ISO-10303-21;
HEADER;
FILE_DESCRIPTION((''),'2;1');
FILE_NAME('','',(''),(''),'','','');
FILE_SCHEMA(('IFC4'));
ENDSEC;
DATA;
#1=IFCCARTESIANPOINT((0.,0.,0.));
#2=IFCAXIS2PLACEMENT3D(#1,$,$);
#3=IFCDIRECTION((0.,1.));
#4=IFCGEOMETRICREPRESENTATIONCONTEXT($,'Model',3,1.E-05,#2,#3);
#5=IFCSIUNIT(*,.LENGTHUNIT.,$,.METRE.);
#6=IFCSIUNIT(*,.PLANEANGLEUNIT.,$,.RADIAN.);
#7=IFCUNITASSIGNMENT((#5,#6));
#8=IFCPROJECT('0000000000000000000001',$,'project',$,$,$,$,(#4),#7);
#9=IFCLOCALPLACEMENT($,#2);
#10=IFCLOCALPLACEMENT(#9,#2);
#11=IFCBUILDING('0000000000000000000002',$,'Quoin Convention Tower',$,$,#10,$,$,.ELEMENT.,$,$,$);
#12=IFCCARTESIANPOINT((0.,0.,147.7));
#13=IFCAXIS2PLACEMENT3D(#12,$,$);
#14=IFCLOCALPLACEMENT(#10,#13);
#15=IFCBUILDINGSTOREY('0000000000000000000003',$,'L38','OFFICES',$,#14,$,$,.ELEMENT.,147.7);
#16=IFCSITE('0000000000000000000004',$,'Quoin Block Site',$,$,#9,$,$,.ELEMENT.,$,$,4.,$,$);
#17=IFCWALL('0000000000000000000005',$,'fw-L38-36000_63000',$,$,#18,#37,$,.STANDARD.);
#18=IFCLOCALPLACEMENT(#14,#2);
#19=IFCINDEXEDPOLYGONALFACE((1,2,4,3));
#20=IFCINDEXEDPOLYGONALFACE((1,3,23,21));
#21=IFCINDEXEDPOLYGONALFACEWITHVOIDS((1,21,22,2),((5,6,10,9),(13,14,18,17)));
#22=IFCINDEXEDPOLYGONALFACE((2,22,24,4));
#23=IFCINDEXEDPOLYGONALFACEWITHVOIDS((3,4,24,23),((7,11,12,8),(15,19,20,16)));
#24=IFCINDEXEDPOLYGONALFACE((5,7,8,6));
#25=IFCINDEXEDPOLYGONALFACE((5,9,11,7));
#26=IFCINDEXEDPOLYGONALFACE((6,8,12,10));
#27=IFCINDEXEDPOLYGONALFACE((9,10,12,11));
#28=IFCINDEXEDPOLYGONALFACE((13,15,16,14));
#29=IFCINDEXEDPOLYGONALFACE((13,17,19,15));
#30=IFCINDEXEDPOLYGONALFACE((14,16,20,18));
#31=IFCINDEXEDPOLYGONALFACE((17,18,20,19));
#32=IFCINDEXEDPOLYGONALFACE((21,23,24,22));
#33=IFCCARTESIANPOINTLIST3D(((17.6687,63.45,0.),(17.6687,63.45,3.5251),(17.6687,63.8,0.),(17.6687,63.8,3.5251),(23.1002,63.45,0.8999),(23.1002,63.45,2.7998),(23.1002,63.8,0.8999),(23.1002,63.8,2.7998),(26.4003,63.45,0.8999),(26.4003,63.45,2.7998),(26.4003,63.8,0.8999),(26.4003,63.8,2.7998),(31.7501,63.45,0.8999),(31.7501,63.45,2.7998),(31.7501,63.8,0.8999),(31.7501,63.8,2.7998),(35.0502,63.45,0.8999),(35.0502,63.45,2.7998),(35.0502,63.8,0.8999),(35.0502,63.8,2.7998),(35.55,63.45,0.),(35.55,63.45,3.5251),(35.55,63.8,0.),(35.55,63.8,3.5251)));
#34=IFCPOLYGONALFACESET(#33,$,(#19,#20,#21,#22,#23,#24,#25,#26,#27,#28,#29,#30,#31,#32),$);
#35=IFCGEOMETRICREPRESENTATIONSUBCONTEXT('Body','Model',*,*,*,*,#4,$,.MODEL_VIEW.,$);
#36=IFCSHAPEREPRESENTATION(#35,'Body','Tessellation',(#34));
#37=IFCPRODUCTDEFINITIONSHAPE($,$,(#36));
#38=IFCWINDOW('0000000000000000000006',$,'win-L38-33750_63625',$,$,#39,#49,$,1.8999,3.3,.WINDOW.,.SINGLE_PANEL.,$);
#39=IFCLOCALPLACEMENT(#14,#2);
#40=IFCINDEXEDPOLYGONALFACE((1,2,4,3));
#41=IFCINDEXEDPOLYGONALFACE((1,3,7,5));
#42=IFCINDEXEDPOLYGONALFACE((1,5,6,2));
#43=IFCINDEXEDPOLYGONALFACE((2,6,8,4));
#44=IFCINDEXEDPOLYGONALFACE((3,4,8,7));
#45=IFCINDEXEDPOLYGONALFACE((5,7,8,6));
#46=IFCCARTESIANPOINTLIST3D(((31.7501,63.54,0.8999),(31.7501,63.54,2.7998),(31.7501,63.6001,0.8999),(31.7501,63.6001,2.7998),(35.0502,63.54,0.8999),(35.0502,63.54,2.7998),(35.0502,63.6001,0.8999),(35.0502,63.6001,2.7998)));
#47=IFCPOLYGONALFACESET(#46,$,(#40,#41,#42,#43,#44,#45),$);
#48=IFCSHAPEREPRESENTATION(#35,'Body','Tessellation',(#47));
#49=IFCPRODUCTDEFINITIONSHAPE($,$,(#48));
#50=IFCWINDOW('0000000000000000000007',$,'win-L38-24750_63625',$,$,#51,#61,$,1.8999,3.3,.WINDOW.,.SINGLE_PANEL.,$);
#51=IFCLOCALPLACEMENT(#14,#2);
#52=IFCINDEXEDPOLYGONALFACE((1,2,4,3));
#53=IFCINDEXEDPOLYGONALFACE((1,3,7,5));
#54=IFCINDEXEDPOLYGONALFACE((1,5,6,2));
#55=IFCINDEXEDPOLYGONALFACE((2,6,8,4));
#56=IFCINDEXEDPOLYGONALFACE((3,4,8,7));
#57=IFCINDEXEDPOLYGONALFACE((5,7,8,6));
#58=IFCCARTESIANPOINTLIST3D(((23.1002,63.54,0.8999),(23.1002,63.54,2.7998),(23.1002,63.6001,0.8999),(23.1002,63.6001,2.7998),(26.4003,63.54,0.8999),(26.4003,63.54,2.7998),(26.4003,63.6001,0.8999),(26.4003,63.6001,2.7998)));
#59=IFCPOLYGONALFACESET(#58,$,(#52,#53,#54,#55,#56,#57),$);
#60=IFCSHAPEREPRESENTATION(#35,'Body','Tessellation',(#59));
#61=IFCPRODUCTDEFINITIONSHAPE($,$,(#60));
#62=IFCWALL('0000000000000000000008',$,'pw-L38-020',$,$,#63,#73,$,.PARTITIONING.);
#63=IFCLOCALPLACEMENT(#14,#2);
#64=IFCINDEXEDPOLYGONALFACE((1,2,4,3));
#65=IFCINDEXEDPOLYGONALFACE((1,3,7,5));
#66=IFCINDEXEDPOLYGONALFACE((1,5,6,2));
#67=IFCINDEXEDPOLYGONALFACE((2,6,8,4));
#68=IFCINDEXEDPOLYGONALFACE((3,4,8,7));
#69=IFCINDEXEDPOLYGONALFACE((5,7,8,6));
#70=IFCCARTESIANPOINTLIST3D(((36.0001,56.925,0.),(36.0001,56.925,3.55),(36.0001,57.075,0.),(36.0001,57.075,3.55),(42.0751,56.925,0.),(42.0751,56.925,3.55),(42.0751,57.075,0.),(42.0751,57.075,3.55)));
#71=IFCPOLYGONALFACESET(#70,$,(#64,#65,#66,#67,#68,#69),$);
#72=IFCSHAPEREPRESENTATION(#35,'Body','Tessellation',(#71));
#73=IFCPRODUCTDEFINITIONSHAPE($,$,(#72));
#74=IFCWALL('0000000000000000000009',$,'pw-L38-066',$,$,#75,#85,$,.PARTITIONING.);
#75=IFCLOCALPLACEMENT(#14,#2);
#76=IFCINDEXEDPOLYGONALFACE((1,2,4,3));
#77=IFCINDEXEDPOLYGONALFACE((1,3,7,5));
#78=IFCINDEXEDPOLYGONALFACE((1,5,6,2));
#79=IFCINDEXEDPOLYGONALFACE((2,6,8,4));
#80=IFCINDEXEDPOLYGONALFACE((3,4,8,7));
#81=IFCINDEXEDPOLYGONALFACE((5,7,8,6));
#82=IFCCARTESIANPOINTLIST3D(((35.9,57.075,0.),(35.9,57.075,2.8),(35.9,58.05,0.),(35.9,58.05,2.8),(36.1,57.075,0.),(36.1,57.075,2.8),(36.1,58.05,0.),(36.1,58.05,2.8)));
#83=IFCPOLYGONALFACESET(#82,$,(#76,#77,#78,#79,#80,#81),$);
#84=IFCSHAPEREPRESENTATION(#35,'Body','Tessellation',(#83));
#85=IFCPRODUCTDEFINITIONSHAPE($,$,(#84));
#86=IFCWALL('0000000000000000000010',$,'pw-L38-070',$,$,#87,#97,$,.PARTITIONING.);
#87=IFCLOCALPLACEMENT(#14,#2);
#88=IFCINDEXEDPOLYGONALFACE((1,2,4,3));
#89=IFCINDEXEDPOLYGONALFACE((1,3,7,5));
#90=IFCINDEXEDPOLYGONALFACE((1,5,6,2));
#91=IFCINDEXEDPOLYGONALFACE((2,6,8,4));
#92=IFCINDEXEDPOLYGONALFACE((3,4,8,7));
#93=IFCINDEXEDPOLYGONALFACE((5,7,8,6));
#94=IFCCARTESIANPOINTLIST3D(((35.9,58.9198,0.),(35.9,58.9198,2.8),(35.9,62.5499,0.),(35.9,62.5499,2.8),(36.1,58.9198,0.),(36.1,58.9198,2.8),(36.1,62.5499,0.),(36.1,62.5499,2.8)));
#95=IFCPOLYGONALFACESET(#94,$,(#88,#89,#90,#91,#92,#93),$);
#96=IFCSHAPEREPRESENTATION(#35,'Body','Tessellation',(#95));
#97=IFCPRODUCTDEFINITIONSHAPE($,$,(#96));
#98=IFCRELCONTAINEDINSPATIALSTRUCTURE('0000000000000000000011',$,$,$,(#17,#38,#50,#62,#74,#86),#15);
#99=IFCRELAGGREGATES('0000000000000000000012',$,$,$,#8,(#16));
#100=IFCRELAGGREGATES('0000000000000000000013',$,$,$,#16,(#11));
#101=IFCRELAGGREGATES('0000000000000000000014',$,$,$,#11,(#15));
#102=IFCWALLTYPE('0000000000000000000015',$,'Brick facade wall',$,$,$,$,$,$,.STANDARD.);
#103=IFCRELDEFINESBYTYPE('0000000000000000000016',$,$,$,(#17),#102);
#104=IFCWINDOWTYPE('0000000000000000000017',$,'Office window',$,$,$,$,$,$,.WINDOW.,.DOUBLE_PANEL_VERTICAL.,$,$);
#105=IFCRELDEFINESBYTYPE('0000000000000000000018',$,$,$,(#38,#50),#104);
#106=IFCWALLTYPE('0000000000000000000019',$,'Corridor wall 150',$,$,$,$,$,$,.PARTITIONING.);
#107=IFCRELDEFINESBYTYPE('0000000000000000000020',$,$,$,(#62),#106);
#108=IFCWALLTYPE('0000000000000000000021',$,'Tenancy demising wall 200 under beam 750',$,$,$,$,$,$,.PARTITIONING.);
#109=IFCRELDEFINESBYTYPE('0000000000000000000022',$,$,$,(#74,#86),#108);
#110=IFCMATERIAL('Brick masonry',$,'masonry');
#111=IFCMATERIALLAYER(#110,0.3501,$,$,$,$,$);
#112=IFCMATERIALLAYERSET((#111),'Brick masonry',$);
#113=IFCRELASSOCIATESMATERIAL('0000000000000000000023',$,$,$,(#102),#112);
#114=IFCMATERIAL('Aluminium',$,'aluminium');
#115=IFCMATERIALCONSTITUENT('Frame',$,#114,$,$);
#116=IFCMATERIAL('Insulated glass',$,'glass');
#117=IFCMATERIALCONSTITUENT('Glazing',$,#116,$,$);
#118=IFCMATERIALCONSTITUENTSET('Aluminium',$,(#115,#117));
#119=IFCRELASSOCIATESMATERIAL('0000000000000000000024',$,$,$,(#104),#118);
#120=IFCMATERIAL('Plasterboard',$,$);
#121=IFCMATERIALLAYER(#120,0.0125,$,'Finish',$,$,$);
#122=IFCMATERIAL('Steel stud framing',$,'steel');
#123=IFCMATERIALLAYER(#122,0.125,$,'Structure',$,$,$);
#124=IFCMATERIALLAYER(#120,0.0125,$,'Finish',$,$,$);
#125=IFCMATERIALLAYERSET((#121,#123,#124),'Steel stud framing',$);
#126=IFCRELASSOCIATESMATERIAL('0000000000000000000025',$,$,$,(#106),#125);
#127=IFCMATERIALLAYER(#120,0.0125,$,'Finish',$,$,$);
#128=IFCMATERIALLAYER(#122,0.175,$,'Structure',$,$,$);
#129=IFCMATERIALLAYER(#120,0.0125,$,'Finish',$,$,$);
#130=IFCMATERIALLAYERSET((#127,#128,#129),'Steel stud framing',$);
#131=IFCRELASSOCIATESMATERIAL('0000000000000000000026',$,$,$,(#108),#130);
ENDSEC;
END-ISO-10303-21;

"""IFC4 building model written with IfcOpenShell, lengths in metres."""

from ifc_helpers import new_model, si_unit, direction, frame, frame_2d, origin, place, context, subcontext, project, spatial, rectangle, extrude, material, layer, layer_set, constituent, constituent_set, type_object, element, fill, save


model = new_model("IFC4")

# Units and contexts
model_context = context("Model", 3, precision=1e-05, world=origin(), true_north=direction((0.0, 1.0)))
body_context = subcontext(model_context, "Body", "Model", "MODEL_VIEW")
ifc_project = project(units=[si_unit("LENGTHUNIT", "METRE"), si_unit("PLANEANGLEUNIT", "RADIAN")], contexts=[model_context])

# Site, building, storey
site_placement = place(None, origin())
site = spatial("IfcSite", under=ifc_project, at=site_placement, Name="Quoin Block Site", CompositionType="ELEMENT", RefElevation=4.0)
building_placement = place(site_placement, origin())
building = spatial("IfcBuilding", under=site, at=building_placement, Name="Quoin Convention Tower", CompositionType="ELEMENT")
storey_placement = place(building_placement, frame((0.0, 0.0, 147.7)))
storey = spatial("IfcBuildingStorey", under=building, at=storey_placement, Name="L38", Description="OFFICES", CompositionType="ELEMENT", Elevation=147.7)

# Shared definitions
ifc_material_1 = material(Name="Plasterboard")
ifc_material_2 = material(Name="Steel stud framing", Category="steel")

# Wall, openings, windows
ifc_material_3 = material(Name="Brick masonry", Category="masonry")
ifc_layer_1 = layer(ifc_material_3, 0.3501)
ifc_layer_set_1 = layer_set([ifc_layer_1], Name="Brick masonry")
wall_type_1 = type_object("IfcWallType", Name="Brick facade wall", PredefinedType="STANDARD", material=ifc_layer_set_1)
wall_1_placement = place(storey_placement, frame((35.55, 63.625, 0.0), z_axis=(0.0, 0.0, 1.0), x_axis=(-1.0, 0.0, 0.0)))
wall_1 = element("IfcWall", 1, at=wall_1_placement, inside=storey, type_object=wall_type_1, Name="fw-L38-36000_63000", PredefinedType="STANDARD", context=body_context, shape_type="SweptSolid", body=[
    extrude(rectangle(XDim=17.8813, YDim=0.3501, at=frame_2d((8.9407, 0.0))), origin(), (0.0, 0.0, 1.0), 3.5251),
])
opening_1_placement = place(wall_1_placement, frame((0.5, 0.0, 0.8999)))
opening_1 = element("IfcOpeningElement", 2, at=opening_1_placement, cuts=wall_1, PredefinedType="OPENING", context=body_context, shape_type="SweptSolid", body=[
    extrude(rectangle(XDim=3.3, YDim=1.8999, at=frame_2d((1.6499, 0.95))), frame((0.0, 0.1851, 0.0), z_axis=(0.0, -1.0, 0.0), x_axis=(1.0, 0.0, 0.0)), (0.0, 0.0, 1.0), 0.3701),
])
opening_2_placement = place(wall_1_placement, frame((9.1499, 0.0, 0.8999)))
opening_2 = element("IfcOpeningElement", 3, at=opening_2_placement, cuts=wall_1, PredefinedType="OPENING", context=body_context, shape_type="SweptSolid", body=[
    extrude(rectangle(XDim=3.3, YDim=1.8999, at=frame_2d((1.6499, 0.95))), frame((0.0, 0.1851, 0.0), z_axis=(0.0, -1.0, 0.0), x_axis=(1.0, 0.0, 0.0)), (0.0, 0.0, 1.0), 0.3701),
])
ifc_material_4 = material(Name="Aluminium", Category="aluminium")
ifc_constituent_1 = constituent(ifc_material_4, Name="Frame")
ifc_material_5 = material(Name="Insulated glass", Category="glass")
ifc_constituent_2 = constituent(ifc_material_5, Name="Glazing")
ifc_constituent_set = constituent_set(constituents=[ifc_constituent_1, ifc_constituent_2], Name="Aluminium")
window_type = type_object("IfcWindowType", Name="Office window", PartitioningType="DOUBLE_PANEL_VERTICAL", PredefinedType="WINDOW", material=ifc_constituent_set)
window_1_placement = place(opening_1_placement, origin())
window_1 = element("IfcWindow", 4, at=window_1_placement, inside=storey, type_object=window_type, Name="win-L38-33750_63625", OverallHeight=1.8999, OverallWidth=3.3, PartitioningType="SINGLE_PANEL", PredefinedType="WINDOW", context=body_context, shape_type="SweptSolid", body=[
    extrude(rectangle(XDim=3.3, YDim=1.8999, at=frame_2d((1.6499, 0.95))), frame((0.0, 0.085, 0.0), z_axis=(0.0, -1.0, 0.0), x_axis=(1.0, 0.0, 0.0)), (0.0, 0.0, 1.0), 0.0601),
])
fill(opening_1, window_1)
window_2_placement = place(opening_2_placement, origin())
window_2 = element("IfcWindow", 5, at=window_2_placement, inside=storey, type_object=window_type, Name="win-L38-24750_63625", OverallHeight=1.8999, OverallWidth=3.3, PartitioningType="SINGLE_PANEL", PredefinedType="WINDOW", context=body_context, shape_type="SweptSolid", body=[
    extrude(rectangle(XDim=3.3, YDim=1.8999, at=frame_2d((1.6499, 0.95))), frame((0.0, 0.085, 0.0), z_axis=(0.0, -1.0, 0.0), x_axis=(1.0, 0.0, 0.0)), (0.0, 0.0, 1.0), 0.0601),
])
fill(opening_2, window_2)

# Walls
ifc_layer_2 = layer(ifc_material_1, 0.0125, Name="Finish")
ifc_layer_3 = layer(ifc_material_2, 0.125, Name="Structure")
ifc_layer_4 = layer(ifc_material_1, 0.0125, Name="Finish")
ifc_layer_set_2 = layer_set([ifc_layer_2, ifc_layer_3, ifc_layer_4], Name="Steel stud framing")
wall_type_2 = type_object("IfcWallType", Name="Corridor wall 150", PredefinedType="PARTITIONING", material=ifc_layer_set_2)
wall_2_placement = place(storey_placement, frame((36.0, 57.0, 0.0), z_axis=(0.0, 0.0, 1.0), x_axis=(1.0, 0.0, 0.0)))
element("IfcWall", 6, at=wall_2_placement, inside=storey, type_object=wall_type_2, Name="pw-L38-020", PredefinedType="PARTITIONING", context=body_context, shape_type="SweptSolid", body=[
    extrude(rectangle(XDim=6.075, YDim=0.1499, at=frame_2d((3.0376, 0.0))), origin(), (0.0, 0.0, 1.0), 3.55),
])
ifc_layer_5 = layer(ifc_material_1, 0.0125, Name="Finish")
ifc_layer_6 = layer(ifc_material_2, 0.175, Name="Structure")
ifc_layer_7 = layer(ifc_material_1, 0.0125, Name="Finish")
ifc_layer_set_3 = layer_set([ifc_layer_5, ifc_layer_6, ifc_layer_7], Name="Steel stud framing")
wall_type_3 = type_object("IfcWallType", Name="Tenancy demising wall 200 under beam 750", PredefinedType="PARTITIONING", material=ifc_layer_set_3)
wall_3_placement = place(storey_placement, frame((36.0, 57.075, 0.0), z_axis=(0.0, 0.0, 1.0), x_axis=(0.0, 1.0, 0.0)))
element("IfcWall", 7, at=wall_3_placement, inside=storey, type_object=wall_type_3, Name="pw-L38-066", PredefinedType="PARTITIONING", context=body_context, shape_type="SweptSolid", body=[
    extrude(rectangle(XDim=0.9751, YDim=0.2, at=frame_2d((0.4875, 0.0))), origin(), (0.0, 0.0, 1.0), 2.8),
])
wall_4_placement = place(storey_placement, frame((36.0, 58.9199, 0.0), z_axis=(0.0, 0.0, 1.0), x_axis=(0.0, 1.0, 0.0)))
element("IfcWall", 8, at=wall_4_placement, inside=storey, type_object=wall_type_3, Name="pw-L38-070", PredefinedType="PARTITIONING", context=body_context, shape_type="SweptSolid", body=[
    extrude(rectangle(XDim=3.6301, YDim=0.2, at=frame_2d((1.8149, 0.0))), origin(), (0.0, 0.0, 1.0), 2.8),
])

save(model, "model.ifc")
